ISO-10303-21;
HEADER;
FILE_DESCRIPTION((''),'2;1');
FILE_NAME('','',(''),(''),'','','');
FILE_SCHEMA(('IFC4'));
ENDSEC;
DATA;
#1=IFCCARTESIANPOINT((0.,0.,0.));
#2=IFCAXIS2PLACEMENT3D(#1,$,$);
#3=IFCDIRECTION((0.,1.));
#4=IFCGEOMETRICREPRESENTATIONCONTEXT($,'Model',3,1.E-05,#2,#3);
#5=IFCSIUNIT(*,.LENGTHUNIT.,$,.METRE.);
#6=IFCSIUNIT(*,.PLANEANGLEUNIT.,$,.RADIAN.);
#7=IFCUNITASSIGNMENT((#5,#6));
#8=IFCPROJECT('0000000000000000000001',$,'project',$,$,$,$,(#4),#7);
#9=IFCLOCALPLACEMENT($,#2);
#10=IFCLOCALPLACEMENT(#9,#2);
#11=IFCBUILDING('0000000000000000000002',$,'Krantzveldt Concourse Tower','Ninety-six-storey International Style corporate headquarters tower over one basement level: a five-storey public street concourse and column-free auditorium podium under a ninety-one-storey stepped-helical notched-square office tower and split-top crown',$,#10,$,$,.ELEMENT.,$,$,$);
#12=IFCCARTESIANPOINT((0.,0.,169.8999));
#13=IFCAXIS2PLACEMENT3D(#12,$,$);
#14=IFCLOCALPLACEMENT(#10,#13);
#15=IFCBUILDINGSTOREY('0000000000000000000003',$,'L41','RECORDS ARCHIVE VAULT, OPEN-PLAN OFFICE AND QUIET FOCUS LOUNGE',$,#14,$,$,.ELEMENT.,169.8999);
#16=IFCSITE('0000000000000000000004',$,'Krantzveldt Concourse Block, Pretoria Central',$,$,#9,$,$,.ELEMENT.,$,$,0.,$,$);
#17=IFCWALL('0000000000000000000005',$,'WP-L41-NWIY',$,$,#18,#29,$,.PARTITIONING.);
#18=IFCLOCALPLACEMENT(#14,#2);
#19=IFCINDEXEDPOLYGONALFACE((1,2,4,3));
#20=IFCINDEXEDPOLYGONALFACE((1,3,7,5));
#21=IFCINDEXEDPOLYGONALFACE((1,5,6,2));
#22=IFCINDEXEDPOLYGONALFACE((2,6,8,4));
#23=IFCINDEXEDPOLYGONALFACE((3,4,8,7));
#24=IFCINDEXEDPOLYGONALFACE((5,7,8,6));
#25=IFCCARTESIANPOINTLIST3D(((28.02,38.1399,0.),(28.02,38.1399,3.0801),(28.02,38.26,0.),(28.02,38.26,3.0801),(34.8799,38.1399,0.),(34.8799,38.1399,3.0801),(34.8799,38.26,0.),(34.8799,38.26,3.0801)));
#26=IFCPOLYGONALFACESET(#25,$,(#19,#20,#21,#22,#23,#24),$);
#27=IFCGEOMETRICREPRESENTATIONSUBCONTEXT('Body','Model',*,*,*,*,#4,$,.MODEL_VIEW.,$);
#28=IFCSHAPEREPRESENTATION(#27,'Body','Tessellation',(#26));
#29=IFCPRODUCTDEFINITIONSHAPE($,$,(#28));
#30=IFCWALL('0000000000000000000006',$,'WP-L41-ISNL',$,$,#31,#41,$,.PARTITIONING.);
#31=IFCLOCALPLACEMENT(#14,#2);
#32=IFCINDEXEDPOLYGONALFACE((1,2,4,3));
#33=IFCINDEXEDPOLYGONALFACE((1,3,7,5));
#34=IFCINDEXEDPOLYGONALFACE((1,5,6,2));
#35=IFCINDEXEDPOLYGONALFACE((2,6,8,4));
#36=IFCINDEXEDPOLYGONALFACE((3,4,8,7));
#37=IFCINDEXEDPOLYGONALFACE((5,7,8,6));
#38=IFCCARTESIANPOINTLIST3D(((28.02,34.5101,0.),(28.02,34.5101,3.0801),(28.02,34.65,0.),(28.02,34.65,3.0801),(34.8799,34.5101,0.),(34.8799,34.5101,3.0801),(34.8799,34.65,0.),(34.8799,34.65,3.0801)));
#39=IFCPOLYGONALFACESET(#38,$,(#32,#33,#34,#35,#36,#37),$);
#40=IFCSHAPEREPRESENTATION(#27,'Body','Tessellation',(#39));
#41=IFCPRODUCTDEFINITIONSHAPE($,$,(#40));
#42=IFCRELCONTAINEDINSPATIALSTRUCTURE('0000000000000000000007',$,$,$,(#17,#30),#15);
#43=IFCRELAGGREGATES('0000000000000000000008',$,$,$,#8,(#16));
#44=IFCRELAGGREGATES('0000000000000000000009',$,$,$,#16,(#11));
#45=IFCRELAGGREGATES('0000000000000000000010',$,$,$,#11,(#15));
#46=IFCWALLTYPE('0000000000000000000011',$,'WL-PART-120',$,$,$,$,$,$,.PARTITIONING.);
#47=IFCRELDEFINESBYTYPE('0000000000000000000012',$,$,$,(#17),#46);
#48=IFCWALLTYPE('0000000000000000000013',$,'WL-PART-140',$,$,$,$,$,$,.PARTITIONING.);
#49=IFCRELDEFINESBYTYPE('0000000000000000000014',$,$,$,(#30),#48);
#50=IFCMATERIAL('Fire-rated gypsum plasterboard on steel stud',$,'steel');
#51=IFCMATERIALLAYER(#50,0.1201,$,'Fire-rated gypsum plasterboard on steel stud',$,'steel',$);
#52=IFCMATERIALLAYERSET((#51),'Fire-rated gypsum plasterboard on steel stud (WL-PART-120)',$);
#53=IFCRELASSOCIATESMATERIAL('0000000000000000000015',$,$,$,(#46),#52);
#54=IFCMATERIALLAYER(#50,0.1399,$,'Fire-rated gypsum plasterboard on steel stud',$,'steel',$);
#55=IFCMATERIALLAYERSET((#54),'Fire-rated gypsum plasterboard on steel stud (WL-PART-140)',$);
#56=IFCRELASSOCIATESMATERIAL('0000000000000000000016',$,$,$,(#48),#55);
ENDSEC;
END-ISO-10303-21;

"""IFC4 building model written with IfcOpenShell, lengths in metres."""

from ifc_helpers import new_model, si_unit, direction, frame, frame_2d, origin, place, context, subcontext, project, spatial, rectangle, extrude, material, layer, layer_set, type_object, element, save


model = new_model("IFC4")

# Units and contexts
model_context = context("Model", 3, precision=1e-05, world=origin(), true_north=direction((0.0, 1.0)))
body_context = subcontext(model_context, "Body", "Model", "MODEL_VIEW")
ifc_project = project(units=[si_unit("LENGTHUNIT", "METRE"), si_unit("PLANEANGLEUNIT", "RADIAN")], contexts=[model_context])

# Site, building, storey
site_placement = place(None, origin())
site = spatial("IfcSite", under=ifc_project, at=site_placement, Name="Krantzveldt Concourse Block, Pretoria Central", CompositionType="ELEMENT", RefElevation=0.0)
building_placement = place(site_placement, origin())
building = spatial("IfcBuilding", under=site, at=building_placement, Name="Krantzveldt Concourse Tower", Description="Ninety-six-storey International Style corporate headquarters tower over one basement level: a five-storey public street concourse and column-free auditorium podium under a ninety-one-storey stepped-helical notched-square office tower and split-top crown", CompositionType="ELEMENT")
storey_placement = place(building_placement, frame((0.0, 0.0, 169.8999)))
storey = spatial("IfcBuildingStorey", under=building, at=storey_placement, Name="L41", Description="RECORDS ARCHIVE VAULT, OPEN-PLAN OFFICE AND QUIET FOCUS LOUNGE", CompositionType="ELEMENT", Elevation=169.8999)

# Walls
ifc_material_1 = material(Name="Fire-rated gypsum plasterboard on steel stud", Category="steel")
ifc_layer_1 = layer(ifc_material_1, 0.1201, Name="Fire-rated gypsum plasterboard on steel stud", Category="steel")
ifc_layer_set_1 = layer_set([ifc_layer_1], Name="Fire-rated gypsum plasterboard on steel stud (WL-PART-120)")
wall_type_1 = type_object("IfcWallType", Name="WL-PART-120", PredefinedType="PARTITIONING", material=ifc_layer_set_1)
wall_1_placement = place(storey_placement, frame((28.02, 38.2, 0.0), z_axis=(0.0, 0.0, 1.0), x_axis=(1.0, 0.0, 0.0)))
element("IfcWall", 1, at=wall_1_placement, inside=storey, type_object=wall_type_1, Name="WP-L41-NWIY", PredefinedType="PARTITIONING", context=body_context, shape_type="SweptSolid", body=[
    extrude(rectangle(XDim=6.8599, YDim=0.1201, at=frame_2d((3.4299, 0.0))), origin(), (0.0, 0.0, 1.0), 3.0801),
])
ifc_layer_2 = layer(ifc_material_1, 0.1399, Name="Fire-rated gypsum plasterboard on steel stud", Category="steel")
ifc_layer_set_2 = layer_set([ifc_layer_2], Name="Fire-rated gypsum plasterboard on steel stud (WL-PART-140)")
wall_type_2 = type_object("IfcWallType", Name="WL-PART-140", PredefinedType="PARTITIONING", material=ifc_layer_set_2)
wall_2_placement = place(storey_placement, frame((28.02, 34.5801, 0.0), z_axis=(0.0, 0.0, 1.0), x_axis=(1.0, 0.0, 0.0)))
element("IfcWall", 2, at=wall_2_placement, inside=storey, type_object=wall_type_2, Name="WP-L41-ISNL", PredefinedType="PARTITIONING", context=body_context, shape_type="SweptSolid", body=[
    extrude(rectangle(XDim=6.8599, YDim=0.1399, at=frame_2d((3.4299, 0.0))), origin(), (0.0, 0.0, 1.0), 3.0801),
])

save(model, "model.ifc")
